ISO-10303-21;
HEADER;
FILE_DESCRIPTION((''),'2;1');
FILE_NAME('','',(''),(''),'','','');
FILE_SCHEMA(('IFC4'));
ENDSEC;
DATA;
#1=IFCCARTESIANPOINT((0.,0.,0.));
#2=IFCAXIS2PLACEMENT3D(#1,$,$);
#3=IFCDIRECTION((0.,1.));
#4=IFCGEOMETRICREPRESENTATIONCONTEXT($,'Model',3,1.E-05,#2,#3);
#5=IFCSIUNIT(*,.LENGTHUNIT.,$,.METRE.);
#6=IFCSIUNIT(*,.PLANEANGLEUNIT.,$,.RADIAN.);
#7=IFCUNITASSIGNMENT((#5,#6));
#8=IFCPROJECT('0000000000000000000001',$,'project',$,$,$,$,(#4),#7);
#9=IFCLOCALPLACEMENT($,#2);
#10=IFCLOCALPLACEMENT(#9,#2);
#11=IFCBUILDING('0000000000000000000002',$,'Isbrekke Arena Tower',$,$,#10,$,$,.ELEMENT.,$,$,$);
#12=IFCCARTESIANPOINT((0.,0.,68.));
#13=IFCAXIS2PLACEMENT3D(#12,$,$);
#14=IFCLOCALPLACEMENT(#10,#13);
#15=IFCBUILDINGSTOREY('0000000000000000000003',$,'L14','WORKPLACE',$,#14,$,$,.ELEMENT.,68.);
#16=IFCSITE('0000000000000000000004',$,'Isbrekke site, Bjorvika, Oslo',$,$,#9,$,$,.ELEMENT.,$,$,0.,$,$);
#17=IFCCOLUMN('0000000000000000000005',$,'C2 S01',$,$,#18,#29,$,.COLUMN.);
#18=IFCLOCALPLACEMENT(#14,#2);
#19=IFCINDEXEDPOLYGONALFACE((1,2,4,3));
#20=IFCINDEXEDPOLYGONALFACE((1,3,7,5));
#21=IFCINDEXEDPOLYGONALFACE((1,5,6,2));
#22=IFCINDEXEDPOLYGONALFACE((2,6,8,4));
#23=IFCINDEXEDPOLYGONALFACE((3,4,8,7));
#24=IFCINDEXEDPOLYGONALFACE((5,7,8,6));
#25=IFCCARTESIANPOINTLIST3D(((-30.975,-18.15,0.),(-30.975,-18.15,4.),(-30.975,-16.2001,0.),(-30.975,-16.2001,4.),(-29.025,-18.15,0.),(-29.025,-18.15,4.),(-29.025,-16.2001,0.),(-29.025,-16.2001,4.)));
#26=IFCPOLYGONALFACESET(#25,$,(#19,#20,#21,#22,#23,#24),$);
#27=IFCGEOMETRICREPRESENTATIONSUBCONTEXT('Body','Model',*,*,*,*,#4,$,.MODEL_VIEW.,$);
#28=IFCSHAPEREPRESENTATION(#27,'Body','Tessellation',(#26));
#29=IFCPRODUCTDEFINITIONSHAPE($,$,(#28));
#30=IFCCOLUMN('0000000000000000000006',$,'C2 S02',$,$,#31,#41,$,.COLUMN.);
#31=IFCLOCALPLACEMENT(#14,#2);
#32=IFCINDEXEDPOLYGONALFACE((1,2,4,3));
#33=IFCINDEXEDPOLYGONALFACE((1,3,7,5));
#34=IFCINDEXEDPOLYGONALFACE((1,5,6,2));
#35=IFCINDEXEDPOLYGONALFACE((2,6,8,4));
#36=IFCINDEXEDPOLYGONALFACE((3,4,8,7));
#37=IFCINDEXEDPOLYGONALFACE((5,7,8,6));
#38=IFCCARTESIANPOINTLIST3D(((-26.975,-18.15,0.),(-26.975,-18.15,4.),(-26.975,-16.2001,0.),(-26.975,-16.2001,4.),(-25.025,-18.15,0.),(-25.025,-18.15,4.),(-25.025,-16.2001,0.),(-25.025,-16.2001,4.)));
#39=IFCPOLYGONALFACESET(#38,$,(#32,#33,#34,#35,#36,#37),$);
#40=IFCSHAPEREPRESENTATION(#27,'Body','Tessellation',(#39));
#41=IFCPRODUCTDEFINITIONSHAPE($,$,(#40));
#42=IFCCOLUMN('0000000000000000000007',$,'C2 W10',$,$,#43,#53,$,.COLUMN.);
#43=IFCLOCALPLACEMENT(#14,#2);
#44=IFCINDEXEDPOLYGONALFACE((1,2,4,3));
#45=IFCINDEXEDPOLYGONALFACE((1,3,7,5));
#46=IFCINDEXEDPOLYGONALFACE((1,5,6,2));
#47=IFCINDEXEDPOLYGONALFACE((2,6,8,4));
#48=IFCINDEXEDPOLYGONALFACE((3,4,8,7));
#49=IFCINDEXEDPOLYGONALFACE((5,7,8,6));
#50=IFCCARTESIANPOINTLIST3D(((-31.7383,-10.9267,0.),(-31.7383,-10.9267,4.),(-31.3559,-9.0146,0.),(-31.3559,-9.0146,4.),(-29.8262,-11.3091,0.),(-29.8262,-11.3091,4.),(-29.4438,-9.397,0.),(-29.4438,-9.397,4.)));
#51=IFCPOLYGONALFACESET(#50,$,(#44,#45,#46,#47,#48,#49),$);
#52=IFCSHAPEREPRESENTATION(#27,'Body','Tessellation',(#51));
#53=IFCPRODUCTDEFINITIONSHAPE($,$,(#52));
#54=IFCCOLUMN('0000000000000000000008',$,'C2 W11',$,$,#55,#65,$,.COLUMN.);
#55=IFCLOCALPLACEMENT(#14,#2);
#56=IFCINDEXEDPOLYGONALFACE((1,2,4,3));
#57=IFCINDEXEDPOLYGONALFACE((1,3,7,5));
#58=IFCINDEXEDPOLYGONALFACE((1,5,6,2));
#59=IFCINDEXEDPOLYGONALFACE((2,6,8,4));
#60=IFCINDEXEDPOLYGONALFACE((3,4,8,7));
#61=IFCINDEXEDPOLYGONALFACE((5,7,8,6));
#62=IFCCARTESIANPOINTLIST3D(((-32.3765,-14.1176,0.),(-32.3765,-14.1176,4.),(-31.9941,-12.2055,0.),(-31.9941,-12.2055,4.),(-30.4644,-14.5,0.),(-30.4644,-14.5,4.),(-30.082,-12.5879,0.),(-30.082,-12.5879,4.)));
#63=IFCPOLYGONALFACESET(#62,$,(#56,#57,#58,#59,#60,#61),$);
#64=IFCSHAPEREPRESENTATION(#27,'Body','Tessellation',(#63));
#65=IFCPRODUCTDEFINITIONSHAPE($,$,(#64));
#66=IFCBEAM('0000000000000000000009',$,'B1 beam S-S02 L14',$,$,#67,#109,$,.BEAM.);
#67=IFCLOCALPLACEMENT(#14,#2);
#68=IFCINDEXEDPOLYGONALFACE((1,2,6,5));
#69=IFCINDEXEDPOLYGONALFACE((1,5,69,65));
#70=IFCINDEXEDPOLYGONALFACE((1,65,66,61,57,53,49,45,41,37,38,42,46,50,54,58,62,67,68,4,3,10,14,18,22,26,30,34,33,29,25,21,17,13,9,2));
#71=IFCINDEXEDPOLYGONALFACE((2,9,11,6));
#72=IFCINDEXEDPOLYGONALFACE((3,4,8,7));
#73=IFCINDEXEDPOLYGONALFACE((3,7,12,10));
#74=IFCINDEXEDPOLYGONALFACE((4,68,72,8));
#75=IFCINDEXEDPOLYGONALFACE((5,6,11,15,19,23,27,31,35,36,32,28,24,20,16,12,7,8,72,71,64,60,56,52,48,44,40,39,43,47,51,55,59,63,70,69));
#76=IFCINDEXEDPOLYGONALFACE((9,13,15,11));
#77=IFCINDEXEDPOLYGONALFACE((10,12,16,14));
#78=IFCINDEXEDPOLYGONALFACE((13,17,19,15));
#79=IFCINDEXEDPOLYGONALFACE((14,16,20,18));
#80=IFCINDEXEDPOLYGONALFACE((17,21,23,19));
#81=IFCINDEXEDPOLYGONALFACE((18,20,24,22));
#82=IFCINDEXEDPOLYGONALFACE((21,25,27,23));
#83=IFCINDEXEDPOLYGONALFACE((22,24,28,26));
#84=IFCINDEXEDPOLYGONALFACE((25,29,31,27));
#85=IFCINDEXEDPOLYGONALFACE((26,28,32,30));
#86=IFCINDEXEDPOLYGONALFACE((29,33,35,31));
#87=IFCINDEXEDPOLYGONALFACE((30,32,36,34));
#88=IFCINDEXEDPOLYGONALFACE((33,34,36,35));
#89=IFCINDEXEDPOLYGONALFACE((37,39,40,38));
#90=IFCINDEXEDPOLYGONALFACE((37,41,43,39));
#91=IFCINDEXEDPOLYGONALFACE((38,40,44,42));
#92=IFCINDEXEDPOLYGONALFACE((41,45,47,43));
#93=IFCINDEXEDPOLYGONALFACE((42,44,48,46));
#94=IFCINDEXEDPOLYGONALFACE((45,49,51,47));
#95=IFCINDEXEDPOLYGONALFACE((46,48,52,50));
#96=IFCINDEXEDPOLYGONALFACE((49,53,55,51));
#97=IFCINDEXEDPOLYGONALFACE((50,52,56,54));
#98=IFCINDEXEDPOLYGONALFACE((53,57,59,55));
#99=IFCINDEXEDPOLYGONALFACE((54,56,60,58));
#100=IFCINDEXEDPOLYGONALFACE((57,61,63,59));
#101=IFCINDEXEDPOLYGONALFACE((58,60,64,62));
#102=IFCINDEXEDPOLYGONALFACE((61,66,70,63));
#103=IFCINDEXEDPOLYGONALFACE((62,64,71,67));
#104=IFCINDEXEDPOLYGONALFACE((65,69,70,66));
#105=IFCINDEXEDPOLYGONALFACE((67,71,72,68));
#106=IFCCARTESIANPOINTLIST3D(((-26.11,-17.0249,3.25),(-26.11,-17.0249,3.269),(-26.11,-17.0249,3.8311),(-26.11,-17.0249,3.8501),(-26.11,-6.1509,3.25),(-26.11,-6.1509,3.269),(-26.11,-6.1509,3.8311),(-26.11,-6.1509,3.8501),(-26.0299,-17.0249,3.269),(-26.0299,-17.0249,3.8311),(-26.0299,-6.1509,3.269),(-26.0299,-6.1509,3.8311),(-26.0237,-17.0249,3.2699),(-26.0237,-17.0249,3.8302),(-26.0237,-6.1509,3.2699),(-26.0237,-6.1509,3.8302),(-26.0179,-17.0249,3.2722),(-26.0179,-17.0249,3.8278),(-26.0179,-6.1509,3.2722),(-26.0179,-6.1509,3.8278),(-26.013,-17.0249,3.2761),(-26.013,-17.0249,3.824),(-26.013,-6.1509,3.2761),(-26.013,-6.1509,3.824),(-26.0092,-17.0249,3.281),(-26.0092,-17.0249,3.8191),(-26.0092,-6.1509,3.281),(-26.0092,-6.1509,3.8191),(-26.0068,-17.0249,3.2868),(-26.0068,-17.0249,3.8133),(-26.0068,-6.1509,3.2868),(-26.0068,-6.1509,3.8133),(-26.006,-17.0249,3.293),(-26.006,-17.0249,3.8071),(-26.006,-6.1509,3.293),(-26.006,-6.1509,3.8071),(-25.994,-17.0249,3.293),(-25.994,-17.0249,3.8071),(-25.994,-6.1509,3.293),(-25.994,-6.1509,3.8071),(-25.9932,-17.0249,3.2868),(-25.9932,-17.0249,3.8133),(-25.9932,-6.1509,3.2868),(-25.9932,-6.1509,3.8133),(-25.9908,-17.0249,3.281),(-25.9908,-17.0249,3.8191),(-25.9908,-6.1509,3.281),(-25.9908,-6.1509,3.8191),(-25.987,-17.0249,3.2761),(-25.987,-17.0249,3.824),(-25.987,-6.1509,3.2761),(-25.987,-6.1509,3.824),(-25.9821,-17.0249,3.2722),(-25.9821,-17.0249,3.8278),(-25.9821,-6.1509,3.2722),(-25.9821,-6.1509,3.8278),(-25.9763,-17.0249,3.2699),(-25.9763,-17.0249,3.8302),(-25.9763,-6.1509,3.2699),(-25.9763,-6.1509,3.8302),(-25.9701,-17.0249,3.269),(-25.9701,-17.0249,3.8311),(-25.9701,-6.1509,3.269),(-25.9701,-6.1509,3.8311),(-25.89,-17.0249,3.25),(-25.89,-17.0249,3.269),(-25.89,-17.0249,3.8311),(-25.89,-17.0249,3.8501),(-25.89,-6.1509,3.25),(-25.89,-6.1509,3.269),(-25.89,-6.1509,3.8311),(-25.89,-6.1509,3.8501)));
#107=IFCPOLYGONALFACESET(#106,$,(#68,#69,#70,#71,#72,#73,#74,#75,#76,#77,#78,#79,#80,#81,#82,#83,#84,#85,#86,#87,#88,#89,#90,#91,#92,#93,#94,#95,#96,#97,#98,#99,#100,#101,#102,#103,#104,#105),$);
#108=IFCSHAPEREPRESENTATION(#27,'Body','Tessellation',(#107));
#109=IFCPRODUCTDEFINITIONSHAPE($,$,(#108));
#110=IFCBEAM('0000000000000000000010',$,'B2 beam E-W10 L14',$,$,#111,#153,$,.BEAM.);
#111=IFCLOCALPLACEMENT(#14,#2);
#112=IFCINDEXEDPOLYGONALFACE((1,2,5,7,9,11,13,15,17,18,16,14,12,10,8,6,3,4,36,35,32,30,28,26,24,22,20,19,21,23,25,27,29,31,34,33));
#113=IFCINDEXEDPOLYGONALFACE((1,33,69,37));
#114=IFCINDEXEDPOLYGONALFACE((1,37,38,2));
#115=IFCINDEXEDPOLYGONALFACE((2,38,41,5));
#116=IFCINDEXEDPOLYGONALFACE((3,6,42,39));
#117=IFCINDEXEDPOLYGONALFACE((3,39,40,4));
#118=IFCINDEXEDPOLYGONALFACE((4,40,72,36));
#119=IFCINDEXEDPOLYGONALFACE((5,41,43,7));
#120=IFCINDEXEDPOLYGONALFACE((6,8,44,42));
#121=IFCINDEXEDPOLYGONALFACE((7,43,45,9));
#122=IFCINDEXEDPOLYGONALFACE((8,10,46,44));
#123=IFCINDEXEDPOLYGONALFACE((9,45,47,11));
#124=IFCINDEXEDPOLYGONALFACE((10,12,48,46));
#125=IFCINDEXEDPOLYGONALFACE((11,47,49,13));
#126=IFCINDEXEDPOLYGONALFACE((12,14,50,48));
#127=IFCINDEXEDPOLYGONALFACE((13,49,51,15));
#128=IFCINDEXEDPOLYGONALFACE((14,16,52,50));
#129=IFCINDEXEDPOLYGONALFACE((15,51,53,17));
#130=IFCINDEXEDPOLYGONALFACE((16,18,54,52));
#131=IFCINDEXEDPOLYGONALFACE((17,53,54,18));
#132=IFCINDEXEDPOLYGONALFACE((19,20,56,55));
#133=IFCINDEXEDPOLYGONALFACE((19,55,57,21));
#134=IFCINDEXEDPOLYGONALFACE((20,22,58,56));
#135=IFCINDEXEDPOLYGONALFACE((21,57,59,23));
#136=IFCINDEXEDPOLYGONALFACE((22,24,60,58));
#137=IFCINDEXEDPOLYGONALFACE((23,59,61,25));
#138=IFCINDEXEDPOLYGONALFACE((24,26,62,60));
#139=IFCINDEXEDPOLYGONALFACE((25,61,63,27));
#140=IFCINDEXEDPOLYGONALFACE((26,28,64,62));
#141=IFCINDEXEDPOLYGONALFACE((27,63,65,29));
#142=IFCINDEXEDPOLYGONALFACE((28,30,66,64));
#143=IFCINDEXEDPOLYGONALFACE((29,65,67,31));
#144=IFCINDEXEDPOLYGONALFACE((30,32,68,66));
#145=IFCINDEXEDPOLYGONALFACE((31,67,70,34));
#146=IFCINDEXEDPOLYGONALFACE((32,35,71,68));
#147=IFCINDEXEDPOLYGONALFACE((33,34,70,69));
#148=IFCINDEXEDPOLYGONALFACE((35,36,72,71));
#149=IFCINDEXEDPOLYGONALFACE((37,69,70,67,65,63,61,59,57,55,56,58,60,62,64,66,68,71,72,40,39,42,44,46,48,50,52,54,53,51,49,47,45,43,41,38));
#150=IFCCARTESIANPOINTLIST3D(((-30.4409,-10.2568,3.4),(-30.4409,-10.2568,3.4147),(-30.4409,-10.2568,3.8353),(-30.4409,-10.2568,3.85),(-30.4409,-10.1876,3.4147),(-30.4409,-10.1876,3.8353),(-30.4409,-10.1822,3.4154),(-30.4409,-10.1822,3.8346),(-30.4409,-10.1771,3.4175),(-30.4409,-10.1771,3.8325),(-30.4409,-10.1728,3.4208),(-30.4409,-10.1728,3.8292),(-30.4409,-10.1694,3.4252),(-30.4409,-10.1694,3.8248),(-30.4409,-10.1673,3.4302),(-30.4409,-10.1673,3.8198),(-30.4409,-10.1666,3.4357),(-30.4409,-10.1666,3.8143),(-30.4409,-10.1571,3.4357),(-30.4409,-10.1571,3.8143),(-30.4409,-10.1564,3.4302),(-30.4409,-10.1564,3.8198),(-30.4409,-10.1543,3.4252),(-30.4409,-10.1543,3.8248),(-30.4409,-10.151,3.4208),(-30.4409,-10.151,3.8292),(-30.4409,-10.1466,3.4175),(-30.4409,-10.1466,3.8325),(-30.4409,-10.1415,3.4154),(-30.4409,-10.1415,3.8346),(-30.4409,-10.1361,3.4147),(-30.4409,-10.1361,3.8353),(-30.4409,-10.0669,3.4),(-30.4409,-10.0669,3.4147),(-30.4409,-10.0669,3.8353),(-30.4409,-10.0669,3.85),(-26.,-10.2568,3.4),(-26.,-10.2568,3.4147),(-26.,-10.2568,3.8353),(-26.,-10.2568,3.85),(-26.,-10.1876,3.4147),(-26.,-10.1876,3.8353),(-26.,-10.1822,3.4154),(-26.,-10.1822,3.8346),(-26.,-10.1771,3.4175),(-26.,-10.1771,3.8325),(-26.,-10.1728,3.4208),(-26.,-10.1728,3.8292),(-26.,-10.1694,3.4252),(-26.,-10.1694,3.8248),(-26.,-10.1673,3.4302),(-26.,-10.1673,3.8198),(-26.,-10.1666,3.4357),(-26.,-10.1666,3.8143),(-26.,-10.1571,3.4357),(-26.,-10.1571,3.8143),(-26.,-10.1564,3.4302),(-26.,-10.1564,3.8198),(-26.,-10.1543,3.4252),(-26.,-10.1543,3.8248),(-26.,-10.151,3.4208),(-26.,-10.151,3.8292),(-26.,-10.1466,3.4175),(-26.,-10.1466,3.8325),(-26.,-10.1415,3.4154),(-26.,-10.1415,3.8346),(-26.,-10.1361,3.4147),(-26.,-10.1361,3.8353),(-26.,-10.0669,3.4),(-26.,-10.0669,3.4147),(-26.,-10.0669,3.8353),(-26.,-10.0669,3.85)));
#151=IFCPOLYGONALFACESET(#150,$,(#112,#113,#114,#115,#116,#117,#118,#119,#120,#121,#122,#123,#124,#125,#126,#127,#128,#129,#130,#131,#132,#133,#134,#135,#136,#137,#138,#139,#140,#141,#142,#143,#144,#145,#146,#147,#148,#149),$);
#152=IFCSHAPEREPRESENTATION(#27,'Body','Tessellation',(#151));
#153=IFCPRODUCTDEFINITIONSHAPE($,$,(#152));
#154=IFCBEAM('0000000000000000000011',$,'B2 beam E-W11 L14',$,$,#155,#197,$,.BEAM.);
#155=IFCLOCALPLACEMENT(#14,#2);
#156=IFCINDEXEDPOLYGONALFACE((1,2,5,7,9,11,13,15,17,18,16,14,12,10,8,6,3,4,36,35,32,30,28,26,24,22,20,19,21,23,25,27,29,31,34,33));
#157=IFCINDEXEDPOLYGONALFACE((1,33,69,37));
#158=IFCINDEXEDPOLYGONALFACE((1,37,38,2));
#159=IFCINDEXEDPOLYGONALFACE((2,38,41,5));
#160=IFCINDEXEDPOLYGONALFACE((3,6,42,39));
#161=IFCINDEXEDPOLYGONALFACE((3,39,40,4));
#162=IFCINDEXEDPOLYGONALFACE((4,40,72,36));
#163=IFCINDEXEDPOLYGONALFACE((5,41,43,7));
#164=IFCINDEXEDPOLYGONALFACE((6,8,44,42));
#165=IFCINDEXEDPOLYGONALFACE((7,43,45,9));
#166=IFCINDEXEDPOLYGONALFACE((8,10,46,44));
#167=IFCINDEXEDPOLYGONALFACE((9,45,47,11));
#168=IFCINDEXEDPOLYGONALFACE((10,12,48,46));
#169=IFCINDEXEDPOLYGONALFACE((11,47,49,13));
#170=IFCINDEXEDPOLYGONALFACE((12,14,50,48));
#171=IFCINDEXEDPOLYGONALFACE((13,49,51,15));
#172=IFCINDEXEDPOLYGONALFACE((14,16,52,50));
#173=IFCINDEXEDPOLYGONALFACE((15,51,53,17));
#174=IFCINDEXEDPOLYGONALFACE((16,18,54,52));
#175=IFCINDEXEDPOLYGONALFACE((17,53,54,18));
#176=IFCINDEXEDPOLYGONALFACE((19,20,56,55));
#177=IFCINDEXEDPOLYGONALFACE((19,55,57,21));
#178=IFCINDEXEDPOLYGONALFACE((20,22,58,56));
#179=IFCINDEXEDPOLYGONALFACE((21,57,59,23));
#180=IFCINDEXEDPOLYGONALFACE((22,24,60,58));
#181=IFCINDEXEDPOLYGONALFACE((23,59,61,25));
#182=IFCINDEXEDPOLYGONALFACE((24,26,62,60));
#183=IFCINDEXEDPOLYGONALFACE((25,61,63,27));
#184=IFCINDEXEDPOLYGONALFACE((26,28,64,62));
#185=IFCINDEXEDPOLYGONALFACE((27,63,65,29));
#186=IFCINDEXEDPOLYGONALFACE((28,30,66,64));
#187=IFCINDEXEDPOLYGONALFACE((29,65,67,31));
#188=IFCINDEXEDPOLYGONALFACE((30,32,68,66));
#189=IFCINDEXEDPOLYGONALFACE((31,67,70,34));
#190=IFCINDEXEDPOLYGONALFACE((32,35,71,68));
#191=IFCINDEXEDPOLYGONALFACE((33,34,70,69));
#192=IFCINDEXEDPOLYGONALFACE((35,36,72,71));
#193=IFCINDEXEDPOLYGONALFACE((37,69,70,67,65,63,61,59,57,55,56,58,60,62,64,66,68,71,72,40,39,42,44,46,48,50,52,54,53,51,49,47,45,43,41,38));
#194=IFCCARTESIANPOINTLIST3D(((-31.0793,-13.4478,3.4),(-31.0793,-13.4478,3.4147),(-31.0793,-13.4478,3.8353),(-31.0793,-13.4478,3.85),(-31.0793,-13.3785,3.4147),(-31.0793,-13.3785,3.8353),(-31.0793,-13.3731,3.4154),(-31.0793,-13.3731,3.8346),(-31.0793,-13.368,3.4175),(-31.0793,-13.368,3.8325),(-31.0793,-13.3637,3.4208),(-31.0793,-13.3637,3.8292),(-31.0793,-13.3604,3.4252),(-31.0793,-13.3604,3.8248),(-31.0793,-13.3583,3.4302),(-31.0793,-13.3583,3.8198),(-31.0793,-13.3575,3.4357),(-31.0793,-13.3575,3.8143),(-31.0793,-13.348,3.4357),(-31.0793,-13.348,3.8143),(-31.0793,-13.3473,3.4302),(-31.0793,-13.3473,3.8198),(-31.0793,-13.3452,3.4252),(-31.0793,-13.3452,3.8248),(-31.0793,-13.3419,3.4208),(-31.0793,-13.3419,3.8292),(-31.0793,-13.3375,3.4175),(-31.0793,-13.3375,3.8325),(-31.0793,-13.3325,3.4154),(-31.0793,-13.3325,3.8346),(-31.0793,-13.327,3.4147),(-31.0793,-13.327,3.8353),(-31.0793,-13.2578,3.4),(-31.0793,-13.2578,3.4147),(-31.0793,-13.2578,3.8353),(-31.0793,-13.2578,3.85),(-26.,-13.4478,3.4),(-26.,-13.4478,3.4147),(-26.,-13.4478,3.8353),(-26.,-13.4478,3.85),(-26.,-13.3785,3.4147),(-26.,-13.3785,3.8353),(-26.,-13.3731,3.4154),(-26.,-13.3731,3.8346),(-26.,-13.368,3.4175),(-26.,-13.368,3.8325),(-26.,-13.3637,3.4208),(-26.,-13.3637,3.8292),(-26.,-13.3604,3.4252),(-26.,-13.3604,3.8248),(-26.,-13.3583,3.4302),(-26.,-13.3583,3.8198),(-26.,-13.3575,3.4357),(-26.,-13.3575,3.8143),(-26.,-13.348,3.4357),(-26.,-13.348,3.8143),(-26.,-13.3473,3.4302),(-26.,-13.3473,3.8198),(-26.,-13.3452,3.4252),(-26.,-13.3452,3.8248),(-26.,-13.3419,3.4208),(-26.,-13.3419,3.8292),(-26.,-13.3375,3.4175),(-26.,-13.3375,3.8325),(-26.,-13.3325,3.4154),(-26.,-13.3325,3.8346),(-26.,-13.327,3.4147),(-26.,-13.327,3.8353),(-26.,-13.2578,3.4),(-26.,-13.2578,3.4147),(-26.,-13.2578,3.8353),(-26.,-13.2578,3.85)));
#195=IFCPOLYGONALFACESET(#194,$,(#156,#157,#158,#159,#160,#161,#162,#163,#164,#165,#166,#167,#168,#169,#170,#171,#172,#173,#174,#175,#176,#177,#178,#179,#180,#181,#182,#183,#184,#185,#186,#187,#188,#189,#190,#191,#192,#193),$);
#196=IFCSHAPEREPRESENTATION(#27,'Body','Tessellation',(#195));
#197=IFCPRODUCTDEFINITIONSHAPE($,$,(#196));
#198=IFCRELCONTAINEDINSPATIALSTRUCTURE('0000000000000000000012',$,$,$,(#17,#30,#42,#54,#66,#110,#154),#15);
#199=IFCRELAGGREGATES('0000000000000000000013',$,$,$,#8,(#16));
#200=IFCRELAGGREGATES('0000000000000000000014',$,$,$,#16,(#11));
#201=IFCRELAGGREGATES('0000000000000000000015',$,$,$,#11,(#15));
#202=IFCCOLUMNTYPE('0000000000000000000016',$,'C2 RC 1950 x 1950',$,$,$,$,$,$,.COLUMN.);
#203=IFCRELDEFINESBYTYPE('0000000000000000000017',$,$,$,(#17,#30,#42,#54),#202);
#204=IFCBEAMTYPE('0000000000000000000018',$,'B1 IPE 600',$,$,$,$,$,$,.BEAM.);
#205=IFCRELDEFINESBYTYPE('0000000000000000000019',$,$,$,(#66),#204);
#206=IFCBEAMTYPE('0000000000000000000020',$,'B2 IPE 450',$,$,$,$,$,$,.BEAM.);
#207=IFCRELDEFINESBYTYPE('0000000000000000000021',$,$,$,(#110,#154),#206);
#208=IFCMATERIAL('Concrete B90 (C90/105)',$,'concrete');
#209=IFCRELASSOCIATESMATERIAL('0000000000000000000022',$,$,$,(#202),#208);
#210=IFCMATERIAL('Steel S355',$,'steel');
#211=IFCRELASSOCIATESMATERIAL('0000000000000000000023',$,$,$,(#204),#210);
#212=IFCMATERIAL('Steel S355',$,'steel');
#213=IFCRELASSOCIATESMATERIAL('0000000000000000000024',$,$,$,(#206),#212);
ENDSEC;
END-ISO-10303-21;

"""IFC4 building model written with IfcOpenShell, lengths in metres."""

from ifc_helpers import new_model, si_unit, direction, frame, origin, origin_2d, place, context, subcontext, project, spatial, rectangle, i_section, extrude, material, material_profile, profile_set, type_object, element, save


model = new_model("IFC4")

# Units and contexts
model_context = context("Model", 3, precision=1e-05, world=origin(), true_north=direction((0.0, 1.0)))
body_context = subcontext(model_context, "Body", "Model", "MODEL_VIEW")
ifc_project = project(units=[si_unit("LENGTHUNIT", "METRE"), si_unit("PLANEANGLEUNIT", "RADIAN")], contexts=[model_context])

# Site, building, storey
site_placement = place(None, origin())
site = spatial("IfcSite", under=ifc_project, at=site_placement, Name="Isbrekke site, Bjorvika, Oslo", CompositionType="ELEMENT", RefElevation=0.0)
building_placement = place(site_placement, origin())
building = spatial("IfcBuilding", under=site, at=building_placement, Name="Isbrekke Arena Tower", CompositionType="ELEMENT")
storey_placement = place(building_placement, frame((0.0, 0.0, 68.0)))
storey = spatial("IfcBuildingStorey", under=building, at=storey_placement, Name="L14", Description="WORKPLACE", CompositionType="ELEMENT", Elevation=68.0)

# Columns
ifc_material_1 = material(Name="Concrete B90 (C90/105)", Category="concrete")
ifc_material_profile_1 = material_profile(ifc_material_1, rectangle(XDim=1.95, YDim=1.95, at=origin_2d()), Name="RC 1950x1950")
ifc_profile_set_1 = profile_set([ifc_material_profile_1], Name="Concrete B90 (C90/105)")
column_type = type_object("IfcColumnType", Name="C2 RC 1950 x 1950", PredefinedType="COLUMN", material=ifc_profile_set_1)
for number, where, z_axis, x_axis, name in (
    (1, (-30.0, -17.175, 0.0), (0.0, 0.0, 1.0), (1.0, 0.0, 0.0), "C2 S01"),
    (2, (-26.0, -17.175, 0.0), (0.0, 0.0, 1.0), (1.0, 0.0, 0.0), "C2 S02"),
    (3, (-30.5911, -10.1619, 0.0), (0.0, 0.0, 1.0), (-0.196116, -0.980581, 0.0), "C2 W10"),
    (4, (-31.2292, -13.3528, 0.0), (0.0, 0.0, 1.0), (-0.196116, -0.980581, 0.0), "C2 W11"),
):
    element("IfcColumn", number, at=place(storey_placement, frame(where, z_axis=z_axis, x_axis=x_axis)), inside=storey, type_object=column_type, Name=name, PredefinedType="COLUMN", context=body_context, shape_type="SweptSolid", body=[
        extrude(rectangle(XDim=1.95, YDim=1.95, at=origin_2d()), origin(), (0.0, 0.0, 1.0), 4.0),
    ])

# Beams
ifc_material_2 = material(Name="Steel S355", Category="steel")
ifc_material_profile_2 = material_profile(ifc_material_2, i_section(OverallWidth=0.22, OverallDepth=0.6001, WebThickness=0.012, FlangeThickness=0.019, FilletRadius=0.0239, at=origin_2d()), Name="IPE 600")
ifc_profile_set_2 = profile_set([ifc_material_profile_2], Name="Steel S355")
beam_type_1 = type_object("IfcBeamType", Name="B1 IPE 600", PredefinedType="BEAM", material=ifc_profile_set_2)
beam_1_placement = place(storey_placement, frame((-26.0, -17.0249, 3.55), z_axis=(0.0, 1.0, 0.0), x_axis=(-1.0, 0.0, 0.0)))
element("IfcBeam", 5, at=beam_1_placement, inside=storey, type_object=beam_type_1, Name="B1 beam S-S02 L14", PredefinedType="BEAM", context=body_context, shape_type="SweptSolid", body=[
    extrude(i_section(OverallWidth=0.22, OverallDepth=0.6001, WebThickness=0.012, FlangeThickness=0.019, FilletRadius=0.0239, at=origin_2d()), origin(), (0.0, 0.0, 1.0), 10.874),
])
ifc_material_3 = material(Name="Steel S355", Category="steel")
ifc_material_profile_3 = material_profile(ifc_material_3, i_section(OverallWidth=0.1899, OverallDepth=0.45, WebThickness=0.0095, FlangeThickness=0.0146, FilletRadius=0.021, at=origin_2d()), Name="IPE 450")
ifc_profile_set_3 = profile_set([ifc_material_profile_3], Name="Steel S355")
beam_type_2 = type_object("IfcBeamType", Name="B2 IPE 450", PredefinedType="BEAM", material=ifc_profile_set_3)
beam_2_placement = place(storey_placement, frame((-30.4409, -10.1619, 3.625), z_axis=(1.0, 0.0, 0.0), x_axis=(0.0, 1.0, 0.0)))
element("IfcBeam", 6, at=beam_2_placement, inside=storey, type_object=beam_type_2, Name="B2 beam E-W10 L14", PredefinedType="BEAM", context=body_context, shape_type="SweptSolid", body=[
    extrude(i_section(OverallWidth=0.1899, OverallDepth=0.45, WebThickness=0.0095, FlangeThickness=0.0146, FilletRadius=0.021, at=origin_2d()), origin(), (0.0, 0.0, 1.0), 4.4409),
])
beam_3_placement = place(storey_placement, frame((-31.0793, -13.3528, 3.625), z_axis=(1.0, 0.0, 0.0), x_axis=(0.0, 1.0, 0.0)))
element("IfcBeam", 7, at=beam_3_placement, inside=storey, type_object=beam_type_2, Name="B2 beam E-W11 L14", PredefinedType="BEAM", context=body_context, shape_type="SweptSolid", body=[
    extrude(i_section(OverallWidth=0.1899, OverallDepth=0.45, WebThickness=0.0095, FlangeThickness=0.0146, FilletRadius=0.021, at=origin_2d()), origin(), (0.0, 0.0, 1.0), 5.0793),
])

save(model, "model.ifc")
